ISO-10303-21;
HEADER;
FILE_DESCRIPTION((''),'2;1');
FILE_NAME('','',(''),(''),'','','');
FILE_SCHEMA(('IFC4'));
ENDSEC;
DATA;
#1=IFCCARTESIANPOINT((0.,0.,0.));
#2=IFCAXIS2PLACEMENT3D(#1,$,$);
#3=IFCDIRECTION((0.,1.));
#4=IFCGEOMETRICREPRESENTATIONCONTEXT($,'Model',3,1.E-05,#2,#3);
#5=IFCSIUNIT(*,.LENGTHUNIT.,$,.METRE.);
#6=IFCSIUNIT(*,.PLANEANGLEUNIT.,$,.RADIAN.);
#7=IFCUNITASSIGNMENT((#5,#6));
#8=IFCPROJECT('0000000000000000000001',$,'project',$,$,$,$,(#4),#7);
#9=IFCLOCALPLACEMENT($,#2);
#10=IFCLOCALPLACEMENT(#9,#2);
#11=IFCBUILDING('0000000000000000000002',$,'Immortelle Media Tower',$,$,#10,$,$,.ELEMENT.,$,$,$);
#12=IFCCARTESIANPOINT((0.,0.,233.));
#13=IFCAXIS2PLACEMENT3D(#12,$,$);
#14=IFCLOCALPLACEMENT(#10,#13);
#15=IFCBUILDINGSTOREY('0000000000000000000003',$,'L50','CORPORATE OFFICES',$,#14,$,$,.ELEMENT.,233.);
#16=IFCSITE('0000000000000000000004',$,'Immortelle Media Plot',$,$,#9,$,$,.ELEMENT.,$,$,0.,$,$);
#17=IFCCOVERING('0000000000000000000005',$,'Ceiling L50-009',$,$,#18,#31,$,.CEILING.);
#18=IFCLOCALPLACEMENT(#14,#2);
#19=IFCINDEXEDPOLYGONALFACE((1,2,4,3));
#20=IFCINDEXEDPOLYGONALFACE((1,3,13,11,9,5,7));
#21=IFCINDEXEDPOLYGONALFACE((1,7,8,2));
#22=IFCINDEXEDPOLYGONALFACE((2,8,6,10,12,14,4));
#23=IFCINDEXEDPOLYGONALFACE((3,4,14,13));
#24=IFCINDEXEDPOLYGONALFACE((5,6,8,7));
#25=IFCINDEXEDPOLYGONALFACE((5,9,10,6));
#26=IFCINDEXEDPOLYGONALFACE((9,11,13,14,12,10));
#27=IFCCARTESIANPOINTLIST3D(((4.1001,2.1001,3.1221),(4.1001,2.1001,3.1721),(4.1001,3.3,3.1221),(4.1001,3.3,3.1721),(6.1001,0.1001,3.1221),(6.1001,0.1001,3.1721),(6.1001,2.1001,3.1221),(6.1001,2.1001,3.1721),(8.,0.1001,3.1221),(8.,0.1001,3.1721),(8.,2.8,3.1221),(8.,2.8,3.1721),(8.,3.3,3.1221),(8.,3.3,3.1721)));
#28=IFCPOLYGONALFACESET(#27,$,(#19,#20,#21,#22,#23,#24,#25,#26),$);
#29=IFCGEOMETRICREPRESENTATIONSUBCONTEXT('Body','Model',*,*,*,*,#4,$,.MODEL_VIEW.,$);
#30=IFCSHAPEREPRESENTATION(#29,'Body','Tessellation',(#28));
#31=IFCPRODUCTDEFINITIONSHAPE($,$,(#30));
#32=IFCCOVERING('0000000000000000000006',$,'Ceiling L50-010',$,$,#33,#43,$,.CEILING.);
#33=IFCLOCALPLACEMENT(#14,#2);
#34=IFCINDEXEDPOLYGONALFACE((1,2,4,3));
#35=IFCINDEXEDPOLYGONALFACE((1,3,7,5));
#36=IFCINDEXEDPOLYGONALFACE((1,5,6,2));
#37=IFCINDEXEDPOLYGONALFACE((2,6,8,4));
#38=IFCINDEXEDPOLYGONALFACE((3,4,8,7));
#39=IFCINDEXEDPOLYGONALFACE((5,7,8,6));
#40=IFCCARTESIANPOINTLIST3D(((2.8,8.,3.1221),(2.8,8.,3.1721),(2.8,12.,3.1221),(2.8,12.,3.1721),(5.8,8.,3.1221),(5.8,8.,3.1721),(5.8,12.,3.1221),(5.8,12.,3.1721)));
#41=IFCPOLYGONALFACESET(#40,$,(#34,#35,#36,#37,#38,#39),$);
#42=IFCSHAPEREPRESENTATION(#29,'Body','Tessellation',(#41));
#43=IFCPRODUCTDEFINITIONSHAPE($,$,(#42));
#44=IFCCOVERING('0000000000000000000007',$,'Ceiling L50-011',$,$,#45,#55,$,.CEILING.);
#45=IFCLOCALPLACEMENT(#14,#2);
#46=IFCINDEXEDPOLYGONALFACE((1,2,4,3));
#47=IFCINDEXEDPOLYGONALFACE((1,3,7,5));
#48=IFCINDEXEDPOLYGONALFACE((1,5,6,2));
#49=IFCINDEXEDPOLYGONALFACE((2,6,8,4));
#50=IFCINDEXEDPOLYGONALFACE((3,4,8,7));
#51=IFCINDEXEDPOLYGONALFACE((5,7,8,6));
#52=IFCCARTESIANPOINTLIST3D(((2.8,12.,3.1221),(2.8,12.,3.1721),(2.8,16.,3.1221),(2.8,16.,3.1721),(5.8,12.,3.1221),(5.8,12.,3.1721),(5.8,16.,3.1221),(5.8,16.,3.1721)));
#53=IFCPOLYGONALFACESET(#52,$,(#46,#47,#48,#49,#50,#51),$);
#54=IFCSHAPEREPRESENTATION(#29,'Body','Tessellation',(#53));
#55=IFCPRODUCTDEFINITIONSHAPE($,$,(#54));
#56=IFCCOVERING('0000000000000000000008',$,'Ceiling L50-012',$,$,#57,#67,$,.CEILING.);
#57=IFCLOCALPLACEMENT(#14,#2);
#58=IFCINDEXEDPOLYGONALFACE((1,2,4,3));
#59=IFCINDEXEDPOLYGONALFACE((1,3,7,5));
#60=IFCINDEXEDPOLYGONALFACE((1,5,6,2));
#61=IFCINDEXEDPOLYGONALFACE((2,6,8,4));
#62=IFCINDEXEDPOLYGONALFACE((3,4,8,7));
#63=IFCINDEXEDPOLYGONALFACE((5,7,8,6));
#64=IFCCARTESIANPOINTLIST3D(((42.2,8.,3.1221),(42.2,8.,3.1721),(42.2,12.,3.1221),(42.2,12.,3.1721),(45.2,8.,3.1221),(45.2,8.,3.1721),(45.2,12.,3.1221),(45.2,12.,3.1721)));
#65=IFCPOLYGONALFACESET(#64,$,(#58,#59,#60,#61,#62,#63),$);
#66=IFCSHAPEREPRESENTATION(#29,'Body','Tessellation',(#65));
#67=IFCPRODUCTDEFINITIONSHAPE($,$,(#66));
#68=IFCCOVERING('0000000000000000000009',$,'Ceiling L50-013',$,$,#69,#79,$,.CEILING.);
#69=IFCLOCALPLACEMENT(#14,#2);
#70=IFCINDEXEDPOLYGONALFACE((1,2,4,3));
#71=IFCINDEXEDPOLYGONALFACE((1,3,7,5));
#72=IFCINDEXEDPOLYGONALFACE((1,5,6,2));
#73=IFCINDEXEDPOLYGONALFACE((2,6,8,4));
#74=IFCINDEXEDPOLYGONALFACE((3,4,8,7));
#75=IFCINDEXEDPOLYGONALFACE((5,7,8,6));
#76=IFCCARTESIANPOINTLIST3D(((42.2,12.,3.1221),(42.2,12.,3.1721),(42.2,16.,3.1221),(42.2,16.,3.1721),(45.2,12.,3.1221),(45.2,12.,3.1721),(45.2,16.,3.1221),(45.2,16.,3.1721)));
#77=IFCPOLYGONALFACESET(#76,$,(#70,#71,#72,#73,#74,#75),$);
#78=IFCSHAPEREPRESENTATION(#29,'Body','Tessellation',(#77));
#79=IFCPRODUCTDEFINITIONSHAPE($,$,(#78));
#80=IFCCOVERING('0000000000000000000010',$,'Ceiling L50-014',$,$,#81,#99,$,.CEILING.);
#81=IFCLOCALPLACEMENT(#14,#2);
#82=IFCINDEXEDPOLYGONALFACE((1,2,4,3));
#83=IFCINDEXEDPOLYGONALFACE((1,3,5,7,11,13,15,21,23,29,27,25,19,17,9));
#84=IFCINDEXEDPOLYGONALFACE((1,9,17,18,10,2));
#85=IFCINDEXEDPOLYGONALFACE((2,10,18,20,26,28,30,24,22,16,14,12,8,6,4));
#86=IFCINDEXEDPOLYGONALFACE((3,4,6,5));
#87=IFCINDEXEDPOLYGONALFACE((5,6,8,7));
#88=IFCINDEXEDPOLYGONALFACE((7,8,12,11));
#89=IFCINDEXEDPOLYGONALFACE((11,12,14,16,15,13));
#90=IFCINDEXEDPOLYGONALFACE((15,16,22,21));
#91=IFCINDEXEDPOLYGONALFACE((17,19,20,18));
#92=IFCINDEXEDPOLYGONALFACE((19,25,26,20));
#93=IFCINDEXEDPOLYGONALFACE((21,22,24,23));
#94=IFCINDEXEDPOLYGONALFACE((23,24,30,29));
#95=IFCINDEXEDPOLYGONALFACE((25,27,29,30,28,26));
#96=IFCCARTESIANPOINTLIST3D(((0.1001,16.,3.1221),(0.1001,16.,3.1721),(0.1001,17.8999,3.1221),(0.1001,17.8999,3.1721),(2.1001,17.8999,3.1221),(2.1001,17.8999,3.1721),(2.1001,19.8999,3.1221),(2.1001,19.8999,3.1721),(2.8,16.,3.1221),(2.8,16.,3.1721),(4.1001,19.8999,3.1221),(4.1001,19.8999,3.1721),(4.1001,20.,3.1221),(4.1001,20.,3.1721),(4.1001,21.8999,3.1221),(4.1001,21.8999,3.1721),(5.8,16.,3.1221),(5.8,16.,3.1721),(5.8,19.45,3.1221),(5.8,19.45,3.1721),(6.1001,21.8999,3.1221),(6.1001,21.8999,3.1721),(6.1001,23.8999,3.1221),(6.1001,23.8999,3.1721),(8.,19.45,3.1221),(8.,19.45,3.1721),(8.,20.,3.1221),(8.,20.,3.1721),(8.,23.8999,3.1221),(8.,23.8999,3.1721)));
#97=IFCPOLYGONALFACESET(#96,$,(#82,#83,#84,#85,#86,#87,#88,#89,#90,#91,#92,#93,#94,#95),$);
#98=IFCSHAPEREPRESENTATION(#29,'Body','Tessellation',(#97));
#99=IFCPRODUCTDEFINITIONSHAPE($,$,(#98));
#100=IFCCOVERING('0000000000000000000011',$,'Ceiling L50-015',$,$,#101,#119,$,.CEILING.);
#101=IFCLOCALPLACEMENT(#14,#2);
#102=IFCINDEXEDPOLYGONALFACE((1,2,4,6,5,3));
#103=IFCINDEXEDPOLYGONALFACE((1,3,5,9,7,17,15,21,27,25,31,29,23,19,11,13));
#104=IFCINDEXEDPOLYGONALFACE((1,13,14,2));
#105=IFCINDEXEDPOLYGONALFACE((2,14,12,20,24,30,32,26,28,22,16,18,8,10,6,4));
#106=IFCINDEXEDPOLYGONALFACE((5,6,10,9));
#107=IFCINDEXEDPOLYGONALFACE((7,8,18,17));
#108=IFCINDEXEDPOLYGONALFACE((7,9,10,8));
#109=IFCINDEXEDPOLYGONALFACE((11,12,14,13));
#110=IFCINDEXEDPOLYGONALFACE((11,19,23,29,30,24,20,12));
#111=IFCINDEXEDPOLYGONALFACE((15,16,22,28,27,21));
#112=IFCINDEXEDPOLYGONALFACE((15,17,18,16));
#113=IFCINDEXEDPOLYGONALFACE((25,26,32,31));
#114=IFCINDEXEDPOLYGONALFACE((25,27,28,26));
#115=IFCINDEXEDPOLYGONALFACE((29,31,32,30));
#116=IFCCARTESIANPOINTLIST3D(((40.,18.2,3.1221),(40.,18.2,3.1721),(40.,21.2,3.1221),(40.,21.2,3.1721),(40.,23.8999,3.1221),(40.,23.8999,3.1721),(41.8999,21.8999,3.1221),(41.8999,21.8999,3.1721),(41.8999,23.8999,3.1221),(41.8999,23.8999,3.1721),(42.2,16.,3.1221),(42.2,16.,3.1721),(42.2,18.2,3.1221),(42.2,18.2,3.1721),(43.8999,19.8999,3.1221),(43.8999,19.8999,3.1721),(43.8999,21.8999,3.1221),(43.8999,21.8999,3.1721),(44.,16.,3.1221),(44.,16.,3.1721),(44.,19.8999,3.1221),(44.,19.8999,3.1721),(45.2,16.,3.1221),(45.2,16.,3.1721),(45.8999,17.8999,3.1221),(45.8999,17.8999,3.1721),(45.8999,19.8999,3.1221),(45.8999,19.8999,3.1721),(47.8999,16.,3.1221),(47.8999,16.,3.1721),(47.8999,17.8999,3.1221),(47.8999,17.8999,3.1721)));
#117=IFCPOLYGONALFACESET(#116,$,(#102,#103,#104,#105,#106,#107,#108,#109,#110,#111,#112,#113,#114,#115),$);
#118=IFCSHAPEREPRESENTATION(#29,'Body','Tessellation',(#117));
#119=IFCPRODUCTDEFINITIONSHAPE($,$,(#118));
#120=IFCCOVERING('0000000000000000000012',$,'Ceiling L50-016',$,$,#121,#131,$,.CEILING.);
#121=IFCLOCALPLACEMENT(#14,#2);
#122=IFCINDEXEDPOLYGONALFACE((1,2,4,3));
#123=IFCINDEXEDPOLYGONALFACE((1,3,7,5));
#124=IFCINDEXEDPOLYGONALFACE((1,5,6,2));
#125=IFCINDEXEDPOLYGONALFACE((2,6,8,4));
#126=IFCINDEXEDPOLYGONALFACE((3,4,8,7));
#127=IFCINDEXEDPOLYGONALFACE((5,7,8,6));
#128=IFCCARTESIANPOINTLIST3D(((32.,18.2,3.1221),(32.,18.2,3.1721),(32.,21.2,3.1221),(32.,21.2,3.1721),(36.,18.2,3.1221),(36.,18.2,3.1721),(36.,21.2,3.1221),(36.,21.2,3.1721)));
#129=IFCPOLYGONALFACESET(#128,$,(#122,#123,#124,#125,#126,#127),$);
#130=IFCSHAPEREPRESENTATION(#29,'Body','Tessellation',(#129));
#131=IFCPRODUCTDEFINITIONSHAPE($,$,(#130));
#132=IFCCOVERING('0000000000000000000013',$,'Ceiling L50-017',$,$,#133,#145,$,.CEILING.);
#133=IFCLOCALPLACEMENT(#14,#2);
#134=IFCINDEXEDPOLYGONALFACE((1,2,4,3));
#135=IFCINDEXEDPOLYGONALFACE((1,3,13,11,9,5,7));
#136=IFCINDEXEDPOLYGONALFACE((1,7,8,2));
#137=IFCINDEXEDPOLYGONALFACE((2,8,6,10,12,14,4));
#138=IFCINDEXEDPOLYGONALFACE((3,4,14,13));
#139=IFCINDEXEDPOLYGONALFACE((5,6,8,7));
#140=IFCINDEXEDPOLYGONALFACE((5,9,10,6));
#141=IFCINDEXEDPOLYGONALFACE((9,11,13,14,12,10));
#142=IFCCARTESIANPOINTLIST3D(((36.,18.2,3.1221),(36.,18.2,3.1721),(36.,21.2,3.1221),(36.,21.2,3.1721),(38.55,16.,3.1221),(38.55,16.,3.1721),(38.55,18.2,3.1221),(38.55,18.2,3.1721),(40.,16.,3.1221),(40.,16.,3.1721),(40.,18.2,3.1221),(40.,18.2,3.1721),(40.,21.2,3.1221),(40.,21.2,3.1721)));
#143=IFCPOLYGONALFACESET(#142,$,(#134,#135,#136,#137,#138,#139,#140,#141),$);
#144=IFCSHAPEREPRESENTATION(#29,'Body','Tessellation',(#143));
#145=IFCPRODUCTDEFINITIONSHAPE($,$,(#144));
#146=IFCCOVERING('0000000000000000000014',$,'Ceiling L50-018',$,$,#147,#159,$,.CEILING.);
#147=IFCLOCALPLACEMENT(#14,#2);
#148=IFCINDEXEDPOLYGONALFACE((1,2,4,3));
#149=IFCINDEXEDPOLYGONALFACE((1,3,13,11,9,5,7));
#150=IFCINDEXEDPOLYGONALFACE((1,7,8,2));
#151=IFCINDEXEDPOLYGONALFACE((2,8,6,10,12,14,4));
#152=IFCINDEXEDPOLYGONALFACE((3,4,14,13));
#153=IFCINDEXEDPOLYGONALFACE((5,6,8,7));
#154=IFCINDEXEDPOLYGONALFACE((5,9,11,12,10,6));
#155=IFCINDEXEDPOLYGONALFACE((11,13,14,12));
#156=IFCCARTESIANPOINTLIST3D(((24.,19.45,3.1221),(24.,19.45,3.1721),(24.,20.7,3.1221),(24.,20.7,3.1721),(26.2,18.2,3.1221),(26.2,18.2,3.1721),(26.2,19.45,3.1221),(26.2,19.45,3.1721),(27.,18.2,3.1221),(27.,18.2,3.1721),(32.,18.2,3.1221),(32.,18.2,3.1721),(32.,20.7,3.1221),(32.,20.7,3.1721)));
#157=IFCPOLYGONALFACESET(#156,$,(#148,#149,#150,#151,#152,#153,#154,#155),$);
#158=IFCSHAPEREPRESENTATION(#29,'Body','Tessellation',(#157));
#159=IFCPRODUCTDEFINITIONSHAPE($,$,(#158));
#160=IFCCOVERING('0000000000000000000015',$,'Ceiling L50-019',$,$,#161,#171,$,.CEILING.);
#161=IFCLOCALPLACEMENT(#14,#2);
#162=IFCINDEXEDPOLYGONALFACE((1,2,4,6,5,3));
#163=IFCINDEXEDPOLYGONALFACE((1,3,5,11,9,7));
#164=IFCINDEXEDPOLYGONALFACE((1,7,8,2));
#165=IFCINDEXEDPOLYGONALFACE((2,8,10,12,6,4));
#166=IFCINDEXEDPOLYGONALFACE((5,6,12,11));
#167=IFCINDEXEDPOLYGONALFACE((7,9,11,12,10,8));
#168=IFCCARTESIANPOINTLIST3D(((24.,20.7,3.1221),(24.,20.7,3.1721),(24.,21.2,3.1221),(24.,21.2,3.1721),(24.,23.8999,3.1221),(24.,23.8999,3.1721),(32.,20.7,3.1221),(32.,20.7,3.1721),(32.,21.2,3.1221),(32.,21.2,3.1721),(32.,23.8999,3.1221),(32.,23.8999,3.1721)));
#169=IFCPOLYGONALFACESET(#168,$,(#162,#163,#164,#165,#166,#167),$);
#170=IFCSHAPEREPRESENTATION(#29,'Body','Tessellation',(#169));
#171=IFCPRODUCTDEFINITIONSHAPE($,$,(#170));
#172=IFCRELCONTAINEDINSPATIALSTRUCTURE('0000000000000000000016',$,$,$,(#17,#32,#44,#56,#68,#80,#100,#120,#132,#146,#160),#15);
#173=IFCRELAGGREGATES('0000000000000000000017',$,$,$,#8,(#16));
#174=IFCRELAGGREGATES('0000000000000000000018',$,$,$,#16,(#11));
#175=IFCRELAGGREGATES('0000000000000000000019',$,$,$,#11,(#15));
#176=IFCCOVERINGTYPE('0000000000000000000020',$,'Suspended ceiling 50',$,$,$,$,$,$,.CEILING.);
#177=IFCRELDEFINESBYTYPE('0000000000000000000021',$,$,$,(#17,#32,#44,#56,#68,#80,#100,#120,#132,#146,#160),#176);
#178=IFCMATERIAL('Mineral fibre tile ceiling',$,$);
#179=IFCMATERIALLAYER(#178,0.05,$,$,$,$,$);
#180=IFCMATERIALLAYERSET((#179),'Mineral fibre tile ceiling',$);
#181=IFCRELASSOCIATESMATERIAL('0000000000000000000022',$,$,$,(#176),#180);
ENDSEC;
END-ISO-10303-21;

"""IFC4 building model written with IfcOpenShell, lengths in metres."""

from ifc_helpers import new_model, si_unit, direction, frame, origin, place, context, subcontext, project, spatial, polyline, outline, extrude, material, layer, layer_set, type_object, element, save


model = new_model("IFC4")

# Units and contexts
model_context = context("Model", 3, precision=1e-05, world=origin(), true_north=direction((0.0, 1.0)))
body_context = subcontext(model_context, "Body", "Model", "MODEL_VIEW")
ifc_project = project(units=[si_unit("LENGTHUNIT", "METRE"), si_unit("PLANEANGLEUNIT", "RADIAN")], contexts=[model_context])

# Site, building, storey
site_placement = place(None, origin())
site = spatial("IfcSite", under=ifc_project, at=site_placement, Name="Immortelle Media Plot", CompositionType="ELEMENT", RefElevation=0.0)
building_placement = place(site_placement, origin())
building = spatial("IfcBuilding", under=site, at=building_placement, Name="Immortelle Media Tower", CompositionType="ELEMENT")
storey_placement = place(building_placement, frame((0.0, 0.0, 233.0)))
storey = spatial("IfcBuildingStorey", under=building, at=storey_placement, Name="L50", Description="CORPORATE OFFICES", CompositionType="ELEMENT", Elevation=233.0)

# Coverings
ifc_material_1 = material(Name="Mineral fibre tile ceiling")
ifc_layer_1 = layer(ifc_material_1, 0.05)
ifc_layer_set_1 = layer_set([ifc_layer_1], Name="Mineral fibre tile ceiling")
covering_type = type_object("IfcCoveringType", Name="Suspended ceiling 50", PredefinedType="CEILING", material=ifc_layer_set_1)
covering_1_placement = place(storey_placement, frame((0.0, 0.0, 3.1221)))
element("IfcCovering", 1, at=covering_1_placement, inside=storey, type_object=covering_type, Name="Ceiling L50-009", PredefinedType="CEILING", context=body_context, shape_type="SweptSolid", body=[
    extrude(outline(polyline([(4.1001, 3.3), (8.0, 3.3), (8.0, 2.8), (8.0, 0.1001), (6.1001, 0.1001), (6.1001, 2.1001), (4.1001, 2.1001), (4.1001, 3.3)])), origin(), (0.0, 0.0, 1.0), 0.05),
])
covering_2_placement = place(storey_placement, frame((0.0, 0.0, 3.1221)))
element("IfcCovering", 2, at=covering_2_placement, inside=storey, type_object=covering_type, Name="Ceiling L50-010", PredefinedType="CEILING", context=body_context, shape_type="SweptSolid", body=[
    extrude(outline(polyline([(2.8, 8.0), (2.8, 12.0), (5.8, 12.0), (5.8, 8.0), (2.8, 8.0)])), origin(), (0.0, 0.0, 1.0), 0.05),
])
covering_3_placement = place(storey_placement, frame((0.0, 0.0, 3.1221)))
element("IfcCovering", 3, at=covering_3_placement, inside=storey, type_object=covering_type, Name="Ceiling L50-011", PredefinedType="CEILING", context=body_context, shape_type="SweptSolid", body=[
    extrude(outline(polyline([(2.8, 16.0), (5.8, 16.0), (5.8, 12.0), (2.8, 12.0), (2.8, 16.0)])), origin(), (0.0, 0.0, 1.0), 0.05),
])
covering_4_placement = place(storey_placement, frame((0.0, 0.0, 3.1221)))
element("IfcCovering", 4, at=covering_4_placement, inside=storey, type_object=covering_type, Name="Ceiling L50-012", PredefinedType="CEILING", context=body_context, shape_type="SweptSolid", body=[
    extrude(outline(polyline([(42.2, 8.0), (42.2, 12.0), (45.2, 12.0), (45.2, 8.0), (42.2, 8.0)])), origin(), (0.0, 0.0, 1.0), 0.05),
])
covering_5_placement = place(storey_placement, frame((0.0, 0.0, 3.1221)))
element("IfcCovering", 5, at=covering_5_placement, inside=storey, type_object=covering_type, Name="Ceiling L50-013", PredefinedType="CEILING", context=body_context, shape_type="SweptSolid", body=[
    extrude(outline(polyline([(42.2, 16.0), (45.2, 16.0), (45.2, 12.0), (42.2, 12.0), (42.2, 16.0)])), origin(), (0.0, 0.0, 1.0), 0.05),
])
covering_6_placement = place(storey_placement, frame((0.0, 0.0, 3.1221)))
element("IfcCovering", 6, at=covering_6_placement, inside=storey, type_object=covering_type, Name="Ceiling L50-014", PredefinedType="CEILING", context=body_context, shape_type="SweptSolid", body=[
    extrude(outline(polyline([(2.8, 16.0), (0.1001, 16.0), (0.1001, 17.8999), (2.1001, 17.8999), (2.1001, 19.8999), (4.1001, 19.8999), (4.1001, 20.0), (4.1001, 21.8999), (6.1001, 21.8999), (6.1001, 23.8999), (8.0, 23.8999), (8.0, 20.0), (8.0, 19.45), (5.8, 19.45), (5.8, 16.0), (2.8, 16.0)])), origin(), (0.0, 0.0, 1.0), 0.05),
])
covering_7_placement = place(storey_placement, frame((0.0, 0.0, 3.1221)))
element("IfcCovering", 7, at=covering_7_placement, inside=storey, type_object=covering_type, Name="Ceiling L50-015", PredefinedType="CEILING", context=body_context, shape_type="SweptSolid", body=[
    extrude(outline(polyline([(45.8999, 19.8999), (45.8999, 17.8999), (47.8999, 17.8999), (47.8999, 16.0), (45.2, 16.0), (44.0, 16.0), (42.2, 16.0), (42.2, 18.2), (40.0, 18.2), (40.0, 21.2), (40.0, 23.8999), (41.8999, 23.8999), (41.8999, 21.8999), (43.8999, 21.8999), (43.8999, 19.8999), (44.0, 19.8999), (45.8999, 19.8999)])), origin(), (0.0, 0.0, 1.0), 0.05),
])
covering_8_placement = place(storey_placement, frame((0.0, 0.0, 3.1221)))
element("IfcCovering", 8, at=covering_8_placement, inside=storey, type_object=covering_type, Name="Ceiling L50-016", PredefinedType="CEILING", context=body_context, shape_type="SweptSolid", body=[
    extrude(outline(polyline([(32.0, 18.2), (32.0, 21.2), (36.0, 21.2), (36.0, 18.2), (32.0, 18.2)])), origin(), (0.0, 0.0, 1.0), 0.05),
])
covering_9_placement = place(storey_placement, frame((0.0, 0.0, 3.1221)))
element("IfcCovering", 9, at=covering_9_placement, inside=storey, type_object=covering_type, Name="Ceiling L50-017", PredefinedType="CEILING", context=body_context, shape_type="SweptSolid", body=[
    extrude(outline(polyline([(38.55, 18.2), (36.0, 18.2), (36.0, 21.2), (40.0, 21.2), (40.0, 18.2), (40.0, 16.0), (38.55, 16.0), (38.55, 18.2)])), origin(), (0.0, 0.0, 1.0), 0.05),
])
covering_10_placement = place(storey_placement, frame((0.0, 0.0, 3.1221)))
element("IfcCovering", 10, at=covering_10_placement, inside=storey, type_object=covering_type, Name="Ceiling L50-018", PredefinedType="CEILING", context=body_context, shape_type="SweptSolid", body=[
    extrude(outline(polyline([(26.2, 18.2), (26.2, 19.45), (24.0, 19.45), (24.0, 20.7), (32.0, 20.7), (32.0, 18.2), (27.0, 18.2), (26.2, 18.2)])), origin(), (0.0, 0.0, 1.0), 0.05),
])
covering_11_placement = place(storey_placement, frame((0.0, 0.0, 3.1221)))
element("IfcCovering", 11, at=covering_11_placement, inside=storey, type_object=covering_type, Name="Ceiling L50-019", PredefinedType="CEILING", context=body_context, shape_type="SweptSolid", body=[
    extrude(outline(polyline([(24.0, 21.2), (24.0, 23.8999), (32.0, 23.8999), (32.0, 21.2), (32.0, 20.7), (24.0, 20.7), (24.0, 21.2)])), origin(), (0.0, 0.0, 1.0), 0.05),
])

save(model, "model.ifc")
